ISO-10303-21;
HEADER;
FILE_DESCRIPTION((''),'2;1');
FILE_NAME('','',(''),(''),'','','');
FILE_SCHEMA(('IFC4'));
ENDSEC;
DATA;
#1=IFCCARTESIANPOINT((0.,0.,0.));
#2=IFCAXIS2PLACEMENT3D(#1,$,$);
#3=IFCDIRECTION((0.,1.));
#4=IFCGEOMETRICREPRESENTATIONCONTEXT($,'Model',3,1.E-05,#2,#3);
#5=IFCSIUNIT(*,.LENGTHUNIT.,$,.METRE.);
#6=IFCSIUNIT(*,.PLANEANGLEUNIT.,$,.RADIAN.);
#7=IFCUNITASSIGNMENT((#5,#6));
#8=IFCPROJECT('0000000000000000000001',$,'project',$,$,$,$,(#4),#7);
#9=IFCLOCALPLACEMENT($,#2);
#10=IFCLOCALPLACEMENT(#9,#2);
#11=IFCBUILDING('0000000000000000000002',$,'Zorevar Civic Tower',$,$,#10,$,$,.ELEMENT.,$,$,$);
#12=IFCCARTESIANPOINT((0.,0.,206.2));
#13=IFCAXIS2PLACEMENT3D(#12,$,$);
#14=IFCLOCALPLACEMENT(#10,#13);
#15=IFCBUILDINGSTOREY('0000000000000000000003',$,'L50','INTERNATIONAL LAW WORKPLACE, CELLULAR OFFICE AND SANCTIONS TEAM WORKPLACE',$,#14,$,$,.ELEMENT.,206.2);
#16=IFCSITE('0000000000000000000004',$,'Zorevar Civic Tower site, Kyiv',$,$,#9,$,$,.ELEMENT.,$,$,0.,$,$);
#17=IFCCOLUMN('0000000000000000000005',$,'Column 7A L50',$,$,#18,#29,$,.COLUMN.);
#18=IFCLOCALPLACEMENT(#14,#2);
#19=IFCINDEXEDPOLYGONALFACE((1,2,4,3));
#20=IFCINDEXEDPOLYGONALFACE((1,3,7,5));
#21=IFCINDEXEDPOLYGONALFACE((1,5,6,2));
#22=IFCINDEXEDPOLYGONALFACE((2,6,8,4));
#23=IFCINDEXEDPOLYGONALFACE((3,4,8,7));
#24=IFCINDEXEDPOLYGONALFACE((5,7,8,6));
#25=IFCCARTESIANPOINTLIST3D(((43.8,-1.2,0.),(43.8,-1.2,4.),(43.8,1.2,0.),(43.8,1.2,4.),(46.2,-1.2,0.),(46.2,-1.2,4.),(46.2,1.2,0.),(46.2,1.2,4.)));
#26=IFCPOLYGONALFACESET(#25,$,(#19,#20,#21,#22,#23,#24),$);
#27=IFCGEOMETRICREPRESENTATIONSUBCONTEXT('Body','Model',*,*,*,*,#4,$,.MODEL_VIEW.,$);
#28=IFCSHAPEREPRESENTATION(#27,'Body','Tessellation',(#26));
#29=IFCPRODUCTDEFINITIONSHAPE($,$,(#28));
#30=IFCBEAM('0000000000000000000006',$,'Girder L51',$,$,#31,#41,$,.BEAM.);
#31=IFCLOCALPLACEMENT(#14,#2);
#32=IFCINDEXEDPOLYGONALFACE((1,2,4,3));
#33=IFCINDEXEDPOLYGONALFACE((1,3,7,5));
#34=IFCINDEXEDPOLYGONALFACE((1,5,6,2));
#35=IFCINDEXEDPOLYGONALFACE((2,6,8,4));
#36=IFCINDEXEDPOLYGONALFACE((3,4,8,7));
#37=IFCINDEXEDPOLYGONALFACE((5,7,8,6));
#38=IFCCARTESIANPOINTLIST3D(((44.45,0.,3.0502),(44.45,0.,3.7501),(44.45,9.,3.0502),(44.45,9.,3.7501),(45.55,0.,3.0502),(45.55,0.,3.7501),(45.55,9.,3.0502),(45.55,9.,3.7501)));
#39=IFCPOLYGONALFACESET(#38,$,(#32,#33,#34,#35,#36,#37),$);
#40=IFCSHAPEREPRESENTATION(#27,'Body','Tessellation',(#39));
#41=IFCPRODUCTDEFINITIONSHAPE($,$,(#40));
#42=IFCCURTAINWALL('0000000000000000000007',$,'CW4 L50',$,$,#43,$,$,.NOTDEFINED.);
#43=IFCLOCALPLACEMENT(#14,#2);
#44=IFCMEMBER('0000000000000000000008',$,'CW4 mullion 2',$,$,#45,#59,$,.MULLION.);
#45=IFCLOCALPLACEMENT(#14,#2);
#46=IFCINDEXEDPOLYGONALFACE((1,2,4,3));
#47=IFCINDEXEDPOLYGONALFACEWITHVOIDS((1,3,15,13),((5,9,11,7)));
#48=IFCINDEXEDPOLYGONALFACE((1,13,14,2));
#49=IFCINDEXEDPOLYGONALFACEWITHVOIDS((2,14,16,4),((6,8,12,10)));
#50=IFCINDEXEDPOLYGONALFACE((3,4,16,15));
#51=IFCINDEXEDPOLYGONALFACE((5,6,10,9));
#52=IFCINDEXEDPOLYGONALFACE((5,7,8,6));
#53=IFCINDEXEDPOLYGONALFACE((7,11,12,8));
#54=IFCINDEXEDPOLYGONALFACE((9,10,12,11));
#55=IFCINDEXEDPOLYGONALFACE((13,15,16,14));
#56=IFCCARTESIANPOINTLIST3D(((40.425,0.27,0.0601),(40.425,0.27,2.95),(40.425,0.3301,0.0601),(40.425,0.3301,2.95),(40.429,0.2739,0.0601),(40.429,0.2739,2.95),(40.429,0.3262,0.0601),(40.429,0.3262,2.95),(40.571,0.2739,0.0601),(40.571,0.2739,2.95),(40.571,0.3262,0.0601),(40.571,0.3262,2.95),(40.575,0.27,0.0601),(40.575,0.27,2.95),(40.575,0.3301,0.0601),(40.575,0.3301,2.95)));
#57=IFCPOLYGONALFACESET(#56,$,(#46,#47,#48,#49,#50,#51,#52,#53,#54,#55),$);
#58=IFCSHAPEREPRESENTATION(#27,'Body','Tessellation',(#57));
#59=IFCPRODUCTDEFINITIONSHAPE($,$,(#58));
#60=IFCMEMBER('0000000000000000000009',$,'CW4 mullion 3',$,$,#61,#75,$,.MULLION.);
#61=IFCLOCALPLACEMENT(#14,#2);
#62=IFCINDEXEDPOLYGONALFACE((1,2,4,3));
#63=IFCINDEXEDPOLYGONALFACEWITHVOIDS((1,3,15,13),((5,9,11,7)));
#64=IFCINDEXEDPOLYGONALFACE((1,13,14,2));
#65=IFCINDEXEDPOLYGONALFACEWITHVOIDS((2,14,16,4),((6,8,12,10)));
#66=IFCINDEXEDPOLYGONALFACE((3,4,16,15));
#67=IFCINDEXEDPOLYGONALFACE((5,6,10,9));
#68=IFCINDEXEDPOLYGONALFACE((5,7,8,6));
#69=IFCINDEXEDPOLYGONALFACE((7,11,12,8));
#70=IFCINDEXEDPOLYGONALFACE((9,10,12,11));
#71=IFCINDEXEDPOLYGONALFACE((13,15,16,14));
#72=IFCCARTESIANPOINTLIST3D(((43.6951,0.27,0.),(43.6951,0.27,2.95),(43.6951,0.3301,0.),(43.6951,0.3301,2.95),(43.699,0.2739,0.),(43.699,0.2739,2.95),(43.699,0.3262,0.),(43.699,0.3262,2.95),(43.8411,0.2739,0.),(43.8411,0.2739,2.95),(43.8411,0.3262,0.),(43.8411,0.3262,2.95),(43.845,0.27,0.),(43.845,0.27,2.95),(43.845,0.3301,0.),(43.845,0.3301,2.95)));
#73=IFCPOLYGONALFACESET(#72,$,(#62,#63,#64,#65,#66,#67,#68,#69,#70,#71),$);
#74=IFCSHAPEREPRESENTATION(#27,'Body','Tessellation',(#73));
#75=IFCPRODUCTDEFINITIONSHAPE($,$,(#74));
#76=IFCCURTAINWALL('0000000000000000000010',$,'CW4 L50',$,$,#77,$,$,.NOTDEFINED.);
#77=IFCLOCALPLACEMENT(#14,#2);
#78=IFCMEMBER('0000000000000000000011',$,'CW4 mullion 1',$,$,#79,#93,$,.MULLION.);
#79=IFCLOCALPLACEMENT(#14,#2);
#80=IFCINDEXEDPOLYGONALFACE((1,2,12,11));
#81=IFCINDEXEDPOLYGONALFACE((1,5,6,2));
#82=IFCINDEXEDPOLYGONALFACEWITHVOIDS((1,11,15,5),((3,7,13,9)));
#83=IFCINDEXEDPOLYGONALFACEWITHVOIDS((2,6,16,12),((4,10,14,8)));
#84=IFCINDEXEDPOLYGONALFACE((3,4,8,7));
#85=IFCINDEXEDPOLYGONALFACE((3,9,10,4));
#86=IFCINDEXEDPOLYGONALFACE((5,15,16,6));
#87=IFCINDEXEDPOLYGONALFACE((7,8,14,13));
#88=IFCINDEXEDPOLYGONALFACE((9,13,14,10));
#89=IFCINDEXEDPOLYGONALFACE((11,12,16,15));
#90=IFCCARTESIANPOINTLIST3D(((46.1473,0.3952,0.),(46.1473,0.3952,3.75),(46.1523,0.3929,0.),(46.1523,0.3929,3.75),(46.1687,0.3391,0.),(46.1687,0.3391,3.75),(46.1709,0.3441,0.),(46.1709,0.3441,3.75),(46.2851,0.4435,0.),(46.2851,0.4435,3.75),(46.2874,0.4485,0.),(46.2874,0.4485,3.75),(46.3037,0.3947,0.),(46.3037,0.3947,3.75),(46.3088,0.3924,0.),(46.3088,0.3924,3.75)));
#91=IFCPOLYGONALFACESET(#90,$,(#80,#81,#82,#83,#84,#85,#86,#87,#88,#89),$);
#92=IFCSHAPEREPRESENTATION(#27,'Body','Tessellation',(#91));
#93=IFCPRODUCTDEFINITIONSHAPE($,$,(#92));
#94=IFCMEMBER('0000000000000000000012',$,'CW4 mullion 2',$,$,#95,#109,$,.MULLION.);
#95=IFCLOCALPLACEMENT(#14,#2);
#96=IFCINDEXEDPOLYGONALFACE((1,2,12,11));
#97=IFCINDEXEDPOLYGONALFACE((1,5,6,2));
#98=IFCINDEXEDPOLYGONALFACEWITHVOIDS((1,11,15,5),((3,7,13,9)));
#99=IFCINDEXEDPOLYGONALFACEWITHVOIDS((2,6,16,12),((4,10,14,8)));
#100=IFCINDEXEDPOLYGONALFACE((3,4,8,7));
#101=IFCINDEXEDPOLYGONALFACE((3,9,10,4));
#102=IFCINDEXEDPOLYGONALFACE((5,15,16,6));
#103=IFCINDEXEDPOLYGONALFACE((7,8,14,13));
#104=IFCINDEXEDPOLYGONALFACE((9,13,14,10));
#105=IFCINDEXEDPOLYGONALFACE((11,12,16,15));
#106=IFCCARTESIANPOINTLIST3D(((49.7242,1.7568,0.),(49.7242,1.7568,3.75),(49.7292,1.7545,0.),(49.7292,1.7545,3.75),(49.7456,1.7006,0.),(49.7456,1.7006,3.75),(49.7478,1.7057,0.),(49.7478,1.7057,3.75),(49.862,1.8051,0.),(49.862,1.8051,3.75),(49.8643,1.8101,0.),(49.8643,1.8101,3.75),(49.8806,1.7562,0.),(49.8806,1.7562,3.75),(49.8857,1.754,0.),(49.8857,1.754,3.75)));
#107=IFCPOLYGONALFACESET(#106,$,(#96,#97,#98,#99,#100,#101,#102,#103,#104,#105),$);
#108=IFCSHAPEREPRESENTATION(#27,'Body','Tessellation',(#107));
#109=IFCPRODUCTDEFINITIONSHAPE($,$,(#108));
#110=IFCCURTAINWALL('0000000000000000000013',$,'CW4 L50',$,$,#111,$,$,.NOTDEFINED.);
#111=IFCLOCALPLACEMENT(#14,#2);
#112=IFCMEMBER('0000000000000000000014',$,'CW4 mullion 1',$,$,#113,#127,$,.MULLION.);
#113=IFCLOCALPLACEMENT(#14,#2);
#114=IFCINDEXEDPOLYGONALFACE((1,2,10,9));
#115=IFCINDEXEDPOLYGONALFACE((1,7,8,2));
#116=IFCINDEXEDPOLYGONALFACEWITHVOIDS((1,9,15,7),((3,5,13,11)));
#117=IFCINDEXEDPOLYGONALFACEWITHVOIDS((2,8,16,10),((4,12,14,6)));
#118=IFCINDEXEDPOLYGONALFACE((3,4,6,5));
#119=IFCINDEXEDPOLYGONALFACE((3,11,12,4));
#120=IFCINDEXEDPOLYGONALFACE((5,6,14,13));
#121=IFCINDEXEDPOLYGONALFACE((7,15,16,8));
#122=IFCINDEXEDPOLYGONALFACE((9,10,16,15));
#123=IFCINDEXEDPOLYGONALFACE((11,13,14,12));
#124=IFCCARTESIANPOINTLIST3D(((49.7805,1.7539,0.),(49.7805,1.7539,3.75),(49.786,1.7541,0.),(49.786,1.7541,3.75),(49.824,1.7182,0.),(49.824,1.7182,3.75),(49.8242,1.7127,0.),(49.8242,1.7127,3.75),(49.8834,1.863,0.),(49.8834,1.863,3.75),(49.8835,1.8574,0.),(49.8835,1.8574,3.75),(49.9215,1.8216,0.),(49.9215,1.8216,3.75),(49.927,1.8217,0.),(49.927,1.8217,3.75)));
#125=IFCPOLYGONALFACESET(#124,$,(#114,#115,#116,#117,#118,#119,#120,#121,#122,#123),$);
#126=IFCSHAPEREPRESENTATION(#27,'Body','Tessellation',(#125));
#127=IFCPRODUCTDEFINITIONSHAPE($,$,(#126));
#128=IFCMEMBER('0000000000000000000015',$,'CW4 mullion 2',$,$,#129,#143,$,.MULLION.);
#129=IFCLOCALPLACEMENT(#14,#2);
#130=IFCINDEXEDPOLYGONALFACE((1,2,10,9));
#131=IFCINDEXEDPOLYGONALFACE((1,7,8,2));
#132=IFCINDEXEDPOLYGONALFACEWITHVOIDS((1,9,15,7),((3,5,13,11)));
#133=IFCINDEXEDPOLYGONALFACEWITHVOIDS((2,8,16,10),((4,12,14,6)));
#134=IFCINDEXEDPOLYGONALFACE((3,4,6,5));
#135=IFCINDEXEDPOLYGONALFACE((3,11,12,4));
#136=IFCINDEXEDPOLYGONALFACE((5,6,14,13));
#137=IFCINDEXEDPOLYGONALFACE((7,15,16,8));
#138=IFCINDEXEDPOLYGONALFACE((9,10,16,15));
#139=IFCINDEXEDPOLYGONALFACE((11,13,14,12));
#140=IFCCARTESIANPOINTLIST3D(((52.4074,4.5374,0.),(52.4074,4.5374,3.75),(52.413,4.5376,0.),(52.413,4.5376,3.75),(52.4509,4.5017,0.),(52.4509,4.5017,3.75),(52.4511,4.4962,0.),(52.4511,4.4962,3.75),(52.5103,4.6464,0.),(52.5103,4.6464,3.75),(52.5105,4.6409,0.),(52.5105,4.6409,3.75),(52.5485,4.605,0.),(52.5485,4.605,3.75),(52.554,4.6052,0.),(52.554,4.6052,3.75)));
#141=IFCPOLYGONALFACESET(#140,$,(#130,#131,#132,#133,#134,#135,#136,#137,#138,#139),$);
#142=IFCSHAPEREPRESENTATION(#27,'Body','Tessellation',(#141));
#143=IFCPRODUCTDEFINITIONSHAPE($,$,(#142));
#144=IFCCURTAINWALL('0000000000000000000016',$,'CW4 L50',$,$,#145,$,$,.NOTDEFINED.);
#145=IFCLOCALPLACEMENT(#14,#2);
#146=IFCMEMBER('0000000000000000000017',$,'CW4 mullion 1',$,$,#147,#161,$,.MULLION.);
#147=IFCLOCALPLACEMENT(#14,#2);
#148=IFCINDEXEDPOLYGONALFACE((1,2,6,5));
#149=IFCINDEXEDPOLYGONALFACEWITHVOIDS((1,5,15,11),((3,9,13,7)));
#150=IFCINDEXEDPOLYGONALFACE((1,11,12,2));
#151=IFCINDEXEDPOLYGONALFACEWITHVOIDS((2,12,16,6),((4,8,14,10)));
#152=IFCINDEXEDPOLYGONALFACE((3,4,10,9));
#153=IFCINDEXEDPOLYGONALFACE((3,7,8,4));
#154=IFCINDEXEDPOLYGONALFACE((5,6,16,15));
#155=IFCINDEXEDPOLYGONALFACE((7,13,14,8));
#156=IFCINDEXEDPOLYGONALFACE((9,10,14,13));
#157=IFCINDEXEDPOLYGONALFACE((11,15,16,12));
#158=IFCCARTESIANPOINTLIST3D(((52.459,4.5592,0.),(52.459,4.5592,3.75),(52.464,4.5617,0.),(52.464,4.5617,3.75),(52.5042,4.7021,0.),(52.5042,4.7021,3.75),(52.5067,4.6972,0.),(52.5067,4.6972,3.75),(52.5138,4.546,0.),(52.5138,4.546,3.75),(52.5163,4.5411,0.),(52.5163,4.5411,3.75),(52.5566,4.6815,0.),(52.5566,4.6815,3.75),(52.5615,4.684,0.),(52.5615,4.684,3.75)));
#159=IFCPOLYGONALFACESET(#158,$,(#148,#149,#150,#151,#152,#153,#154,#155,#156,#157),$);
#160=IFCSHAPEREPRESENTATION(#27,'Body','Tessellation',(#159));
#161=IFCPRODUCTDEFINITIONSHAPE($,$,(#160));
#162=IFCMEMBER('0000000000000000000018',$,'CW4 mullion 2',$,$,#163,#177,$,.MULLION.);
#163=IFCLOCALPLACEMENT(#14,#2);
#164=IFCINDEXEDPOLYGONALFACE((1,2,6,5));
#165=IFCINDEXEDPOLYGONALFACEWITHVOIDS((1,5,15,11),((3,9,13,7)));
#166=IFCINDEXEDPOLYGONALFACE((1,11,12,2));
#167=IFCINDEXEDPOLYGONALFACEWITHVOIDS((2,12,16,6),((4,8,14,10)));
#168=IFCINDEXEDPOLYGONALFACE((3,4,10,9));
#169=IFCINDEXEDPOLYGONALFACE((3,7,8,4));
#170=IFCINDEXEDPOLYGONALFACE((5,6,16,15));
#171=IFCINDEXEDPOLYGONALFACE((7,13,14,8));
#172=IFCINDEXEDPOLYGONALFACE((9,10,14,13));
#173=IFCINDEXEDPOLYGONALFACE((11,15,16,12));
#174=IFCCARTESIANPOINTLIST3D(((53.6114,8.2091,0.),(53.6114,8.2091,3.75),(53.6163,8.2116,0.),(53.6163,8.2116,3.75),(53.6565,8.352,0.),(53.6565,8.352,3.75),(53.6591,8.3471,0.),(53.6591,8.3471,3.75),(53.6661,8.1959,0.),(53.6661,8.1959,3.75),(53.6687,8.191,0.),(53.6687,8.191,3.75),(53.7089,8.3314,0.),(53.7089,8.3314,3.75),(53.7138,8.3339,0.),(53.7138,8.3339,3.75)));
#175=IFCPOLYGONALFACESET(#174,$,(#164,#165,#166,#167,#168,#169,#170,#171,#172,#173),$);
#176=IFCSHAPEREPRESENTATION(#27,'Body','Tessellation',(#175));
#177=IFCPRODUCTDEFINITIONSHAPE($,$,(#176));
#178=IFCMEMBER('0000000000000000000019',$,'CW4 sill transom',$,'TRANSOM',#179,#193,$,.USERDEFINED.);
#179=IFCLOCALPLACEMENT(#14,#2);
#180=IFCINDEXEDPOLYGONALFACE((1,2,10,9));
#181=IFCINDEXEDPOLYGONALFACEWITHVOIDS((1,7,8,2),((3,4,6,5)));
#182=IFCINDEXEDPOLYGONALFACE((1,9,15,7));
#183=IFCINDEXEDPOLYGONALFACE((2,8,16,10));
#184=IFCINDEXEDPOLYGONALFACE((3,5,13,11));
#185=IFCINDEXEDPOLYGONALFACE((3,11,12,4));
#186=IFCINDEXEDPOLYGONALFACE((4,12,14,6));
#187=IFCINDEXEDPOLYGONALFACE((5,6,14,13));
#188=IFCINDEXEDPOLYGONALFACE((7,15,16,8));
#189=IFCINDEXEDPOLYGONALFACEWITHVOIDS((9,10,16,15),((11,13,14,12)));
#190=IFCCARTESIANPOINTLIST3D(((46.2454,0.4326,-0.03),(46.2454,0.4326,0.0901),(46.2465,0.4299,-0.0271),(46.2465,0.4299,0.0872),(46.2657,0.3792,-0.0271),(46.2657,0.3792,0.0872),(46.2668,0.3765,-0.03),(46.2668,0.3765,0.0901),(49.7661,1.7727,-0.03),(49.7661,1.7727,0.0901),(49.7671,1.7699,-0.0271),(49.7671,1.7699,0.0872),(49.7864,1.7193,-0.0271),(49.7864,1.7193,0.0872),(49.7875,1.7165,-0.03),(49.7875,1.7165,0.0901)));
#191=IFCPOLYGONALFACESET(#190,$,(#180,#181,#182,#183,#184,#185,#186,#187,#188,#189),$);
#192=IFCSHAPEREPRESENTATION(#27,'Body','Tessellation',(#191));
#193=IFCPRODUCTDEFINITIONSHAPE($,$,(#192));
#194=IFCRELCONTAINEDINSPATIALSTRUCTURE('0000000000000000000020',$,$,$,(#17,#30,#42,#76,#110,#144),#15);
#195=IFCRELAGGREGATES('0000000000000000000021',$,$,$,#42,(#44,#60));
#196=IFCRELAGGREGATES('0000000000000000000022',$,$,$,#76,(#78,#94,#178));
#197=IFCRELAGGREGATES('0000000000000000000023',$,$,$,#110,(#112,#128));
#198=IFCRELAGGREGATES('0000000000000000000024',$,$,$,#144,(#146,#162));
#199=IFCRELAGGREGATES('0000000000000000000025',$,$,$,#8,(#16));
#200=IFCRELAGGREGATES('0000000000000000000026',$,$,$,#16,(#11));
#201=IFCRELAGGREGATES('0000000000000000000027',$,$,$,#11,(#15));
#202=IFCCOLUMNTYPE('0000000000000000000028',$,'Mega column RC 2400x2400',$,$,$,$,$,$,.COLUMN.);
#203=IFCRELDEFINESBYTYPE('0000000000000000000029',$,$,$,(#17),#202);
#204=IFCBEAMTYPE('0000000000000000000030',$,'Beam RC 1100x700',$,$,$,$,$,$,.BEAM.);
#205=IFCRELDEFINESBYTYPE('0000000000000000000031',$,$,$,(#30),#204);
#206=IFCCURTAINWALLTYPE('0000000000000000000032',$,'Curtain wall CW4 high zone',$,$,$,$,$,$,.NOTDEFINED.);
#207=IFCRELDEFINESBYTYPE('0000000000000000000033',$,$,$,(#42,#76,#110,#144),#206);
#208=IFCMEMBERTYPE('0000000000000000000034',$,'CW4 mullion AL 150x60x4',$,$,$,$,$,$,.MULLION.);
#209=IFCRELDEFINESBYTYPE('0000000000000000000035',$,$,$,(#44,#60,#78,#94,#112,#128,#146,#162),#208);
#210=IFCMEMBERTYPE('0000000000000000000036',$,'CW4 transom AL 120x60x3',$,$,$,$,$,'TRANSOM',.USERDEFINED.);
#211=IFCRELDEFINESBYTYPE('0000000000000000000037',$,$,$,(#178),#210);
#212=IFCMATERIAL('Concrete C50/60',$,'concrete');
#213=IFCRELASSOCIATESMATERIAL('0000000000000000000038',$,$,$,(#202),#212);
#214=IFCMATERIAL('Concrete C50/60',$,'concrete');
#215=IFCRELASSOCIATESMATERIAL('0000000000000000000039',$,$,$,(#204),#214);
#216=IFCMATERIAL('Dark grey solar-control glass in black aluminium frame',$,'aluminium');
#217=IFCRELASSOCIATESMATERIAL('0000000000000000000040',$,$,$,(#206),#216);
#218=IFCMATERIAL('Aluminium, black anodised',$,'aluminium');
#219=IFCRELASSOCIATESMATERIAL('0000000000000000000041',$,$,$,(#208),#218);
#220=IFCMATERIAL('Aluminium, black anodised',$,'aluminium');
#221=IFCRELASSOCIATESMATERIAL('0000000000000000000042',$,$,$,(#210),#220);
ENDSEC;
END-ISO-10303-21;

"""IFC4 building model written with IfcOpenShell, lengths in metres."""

from ifc_helpers import new_model, si_unit, direction, frame, origin, origin_2d, place, context, subcontext, project, spatial, rectangle, hollow_rectangle, extrude, material, material_profile, profile_set, type_object, element, aggregate, save


model = new_model("IFC4")

# Units and contexts
model_context = context("Model", 3, precision=1e-05, world=origin(), true_north=direction((0.0, 1.0)))
body_context = subcontext(model_context, "Body", "Model", "MODEL_VIEW")
ifc_project = project(units=[si_unit("LENGTHUNIT", "METRE"), si_unit("PLANEANGLEUNIT", "RADIAN")], contexts=[model_context])

# Site, building, storey
site_placement = place(None, origin())
site = spatial("IfcSite", under=ifc_project, at=site_placement, Name="Zorevar Civic Tower site, Kyiv", CompositionType="ELEMENT", RefElevation=0.0)
building_placement = place(site_placement, origin())
building = spatial("IfcBuilding", under=site, at=building_placement, Name="Zorevar Civic Tower", CompositionType="ELEMENT")
storey_placement = place(building_placement, frame((0.0, 0.0, 206.2)))
storey = spatial("IfcBuildingStorey", under=building, at=storey_placement, Name="L50", Description="INTERNATIONAL LAW WORKPLACE, CELLULAR OFFICE AND SANCTIONS TEAM WORKPLACE", CompositionType="ELEMENT", Elevation=206.2)

# Column
ifc_material_1 = material(Name="Concrete C50/60", Category="concrete")
ifc_material_profile_1 = material_profile(ifc_material_1, rectangle(XDim=2.3999, YDim=2.3999, at=origin_2d()), Name="RC 2400x2400")
ifc_profile_set_1 = profile_set([ifc_material_profile_1], Name="Concrete C50/60")
column_type = type_object("IfcColumnType", Name="Mega column RC 2400x2400", PredefinedType="COLUMN", material=ifc_profile_set_1)
column_placement = place(storey_placement, frame((45.0, 0.0, 0.0), z_axis=(0.0, 0.0, 1.0), x_axis=(1.0, 0.0, 0.0)))
element("IfcColumn", 1, at=column_placement, inside=storey, type_object=column_type, Name="Column 7A L50", PredefinedType="COLUMN", context=body_context, shape_type="SweptSolid", body=[
    extrude(rectangle(XDim=2.3999, YDim=2.3999, at=origin_2d()), origin(), (0.0, 0.0, 1.0), 4.0),
])

# Beam
ifc_material_2 = material(Name="Concrete C50/60", Category="concrete")
ifc_material_profile_2 = material_profile(ifc_material_2, rectangle(XDim=1.1001, YDim=0.7, at=origin_2d()), Name="RC 1100x700")
ifc_profile_set_2 = profile_set([ifc_material_profile_2], Name="Concrete C50/60")
beam_type_1 = type_object("IfcBeamType", Name="Beam RC 1100x700", PredefinedType="BEAM", material=ifc_profile_set_2)
beam_1_placement = place(storey_placement, frame((45.0, 0.0, 3.4001), z_axis=(0.0, 1.0, 0.0), x_axis=(-1.0, 0.0, 0.0)))
element("IfcBeam", 2, at=beam_1_placement, inside=storey, type_object=beam_type_1, Name="Girder L51", PredefinedType="BEAM", context=body_context, shape_type="SweptSolid", body=[
    extrude(rectangle(XDim=1.1001, YDim=0.7, at=origin_2d()), origin(), (0.0, 0.0, 1.0), 9.0),
])

# Curtain walls, members
ifc_material_3 = material(Name="Dark grey solar-control glass in black aluminium frame", Category="aluminium")
curtain_wall_type = type_object("IfcCurtainWallType", Name="Curtain wall CW4 high zone", PredefinedType="NOTDEFINED", material=ifc_material_3)
curtain_wall_1_placement = place(storey_placement, origin())
curtain_wall_1 = element("IfcCurtainWall", 3, at=curtain_wall_1_placement, inside=storey, type_object=curtain_wall_type, Name="CW4 L50", PredefinedType="NOTDEFINED")
ifc_material_4 = material(Name="Aluminium, black anodised", Category="aluminium")
ifc_material_profile_3 = material_profile(ifc_material_4, hollow_rectangle(XDim=0.0601, YDim=0.1499, WallThickness=0.0039, at=origin_2d()), Name="AL 150x60x4")
ifc_profile_set_3 = profile_set([ifc_material_profile_3], Name="Aluminium, black anodised")
member_type_1 = type_object("IfcMemberType", Name="CW4 mullion AL 150x60x4", PredefinedType="MULLION", material=ifc_profile_set_3)
member_1_placement = place(storey_placement, frame((40.5, 0.3, 0.0601), z_axis=(0.0, 0.0, 1.0), x_axis=(0.0, 1.0, 0.0)))
member_1 = element("IfcMember", 4, at=member_1_placement, type_object=member_type_1, Name="CW4 mullion 2", PredefinedType="MULLION", context=body_context, shape_type="SweptSolid", body=[
    extrude(hollow_rectangle(XDim=0.0601, YDim=0.1499, WallThickness=0.0039, at=origin_2d()), origin(), (0.0, 0.0, 1.0), 2.8899),
])
member_2_placement = place(storey_placement, frame((43.77, 0.3, 0.0), z_axis=(0.0, 0.0, 1.0), x_axis=(0.0, 1.0, 0.0)))
member_2 = element("IfcMember", 5, at=member_2_placement, type_object=member_type_1, Name="CW4 mullion 3", PredefinedType="MULLION", context=body_context, shape_type="SweptSolid", body=[
    extrude(hollow_rectangle(XDim=0.0601, YDim=0.1499, WallThickness=0.0039, at=origin_2d()), origin(), (0.0, 0.0, 1.0), 2.95),
])
curtain_wall_2_placement = place(storey_placement, origin())
curtain_wall_2 = element("IfcCurtainWall", 6, at=curtain_wall_2_placement, inside=storey, type_object=curtain_wall_type, Name="CW4 L50", PredefinedType="NOTDEFINED")
member_3_placement = place(storey_placement, frame((46.228, 0.3938, 0.0), z_axis=(0.0, 0.0, 1.0), x_axis=(-0.355731, 0.934588, 0.0)))
member_3 = element("IfcMember", 7, at=member_3_placement, type_object=member_type_1, Name="CW4 mullion 1", PredefinedType="MULLION", context=body_context, shape_type="SweptSolid", body=[
    extrude(hollow_rectangle(XDim=0.0601, YDim=0.1499, WallThickness=0.0039, at=origin_2d()), origin(), (0.0, 0.0, 1.0), 3.75),
])
member_4_placement = place(storey_placement, frame((49.8049, 1.7554, 0.0), z_axis=(0.0, 0.0, 1.0), x_axis=(-0.355731, 0.934588, 0.0)))
member_4 = element("IfcMember", 8, at=member_4_placement, type_object=member_type_1, Name="CW4 mullion 2", PredefinedType="MULLION", context=body_context, shape_type="SweptSolid", body=[
    extrude(hollow_rectangle(XDim=0.0601, YDim=0.1499, WallThickness=0.0039, at=origin_2d()), origin(), (0.0, 0.0, 1.0), 3.75),
])
curtain_wall_3_placement = place(storey_placement, origin())
curtain_wall_3 = element("IfcCurtainWall", 9, at=curtain_wall_3_placement, inside=storey, type_object=curtain_wall_type, Name="CW4 L50", PredefinedType="NOTDEFINED")
member_5_placement = place(storey_placement, frame((49.8538, 1.7878, 0.0), z_axis=(0.0, 0.0, 1.0), x_axis=(-0.727245, 0.686378, 0.0)))
member_5 = element("IfcMember", 10, at=member_5_placement, type_object=member_type_1, Name="CW4 mullion 1", PredefinedType="MULLION", context=body_context, shape_type="SweptSolid", body=[
    extrude(hollow_rectangle(XDim=0.0601, YDim=0.1499, WallThickness=0.0039, at=origin_2d()), origin(), (0.0, 0.0, 1.0), 3.75),
])
member_6_placement = place(storey_placement, frame((52.4807, 4.5713, 0.0), z_axis=(0.0, 0.0, 1.0), x_axis=(-0.727245, 0.686378, 0.0)))
member_6 = element("IfcMember", 11, at=member_6_placement, type_object=member_type_1, Name="CW4 mullion 2", PredefinedType="MULLION", context=body_context, shape_type="SweptSolid", body=[
    extrude(hollow_rectangle(XDim=0.0601, YDim=0.1499, WallThickness=0.0039, at=origin_2d()), origin(), (0.0, 0.0, 1.0), 3.75),
])
curtain_wall_4_placement = place(storey_placement, origin())
curtain_wall_4 = element("IfcCurtainWall", 12, at=curtain_wall_4_placement, inside=storey, type_object=curtain_wall_type, Name="CW4 L50", PredefinedType="NOTDEFINED")
member_7_placement = place(storey_placement, frame((52.5103, 4.6216, 0.0), z_axis=(0.0, 0.0, 1.0), x_axis=(-0.95359, 0.301108, 0.0)))
member_7 = element("IfcMember", 13, at=member_7_placement, type_object=member_type_1, Name="CW4 mullion 1", PredefinedType="MULLION", context=body_context, shape_type="SweptSolid", body=[
    extrude(hollow_rectangle(XDim=0.0601, YDim=0.1499, WallThickness=0.0039, at=origin_2d()), origin(), (0.0, 0.0, 1.0), 3.75),
])
member_8_placement = place(storey_placement, frame((53.6626, 8.2715, 0.0), z_axis=(0.0, 0.0, 1.0), x_axis=(-0.95359, 0.301108, 0.0)))
member_8 = element("IfcMember", 14, at=member_8_placement, type_object=member_type_1, Name="CW4 mullion 2", PredefinedType="MULLION", context=body_context, shape_type="SweptSolid", body=[
    extrude(hollow_rectangle(XDim=0.0601, YDim=0.1499, WallThickness=0.0039, at=origin_2d()), origin(), (0.0, 0.0, 1.0), 3.75),
])

# Member
ifc_material_5 = material(Name="Aluminium, black anodised", Category="aluminium")
ifc_material_profile_4 = material_profile(ifc_material_5, hollow_rectangle(XDim=0.0601, YDim=0.1201, WallThickness=0.0029, at=origin_2d()), Name="AL 120x60x3")
ifc_profile_set_4 = profile_set([ifc_material_profile_4], Name="Aluminium, black anodised")
member_type_2 = type_object("IfcMemberType", Name="CW4 transom AL 120x60x3", ElementType="TRANSOM", PredefinedType="USERDEFINED", material=ifc_profile_set_4)
member_9_placement = place(storey_placement, frame((46.2561, 0.4045, 0.03), z_axis=(0.934589, 0.355729, 0.0), x_axis=(-0.355729, 0.934589, 0.0)))
member_9 = element("IfcMember", 15, at=member_9_placement, type_object=member_type_2, Name="CW4 sill transom", ObjectType="TRANSOM", PredefinedType="USERDEFINED", context=body_context, shape_type="SweptSolid", body=[
    extrude(hollow_rectangle(XDim=0.0601, YDim=0.1201, WallThickness=0.0029, at=origin_2d()), origin(), (0.0, 0.0, 1.0), 3.7671),
])

aggregate(curtain_wall_1, [member_1, member_2])
aggregate(curtain_wall_2, [member_3, member_4, member_9])
aggregate(curtain_wall_3, [member_5, member_6])
aggregate(curtain_wall_4, [member_7, member_8])

save(model, "model.ifc")
